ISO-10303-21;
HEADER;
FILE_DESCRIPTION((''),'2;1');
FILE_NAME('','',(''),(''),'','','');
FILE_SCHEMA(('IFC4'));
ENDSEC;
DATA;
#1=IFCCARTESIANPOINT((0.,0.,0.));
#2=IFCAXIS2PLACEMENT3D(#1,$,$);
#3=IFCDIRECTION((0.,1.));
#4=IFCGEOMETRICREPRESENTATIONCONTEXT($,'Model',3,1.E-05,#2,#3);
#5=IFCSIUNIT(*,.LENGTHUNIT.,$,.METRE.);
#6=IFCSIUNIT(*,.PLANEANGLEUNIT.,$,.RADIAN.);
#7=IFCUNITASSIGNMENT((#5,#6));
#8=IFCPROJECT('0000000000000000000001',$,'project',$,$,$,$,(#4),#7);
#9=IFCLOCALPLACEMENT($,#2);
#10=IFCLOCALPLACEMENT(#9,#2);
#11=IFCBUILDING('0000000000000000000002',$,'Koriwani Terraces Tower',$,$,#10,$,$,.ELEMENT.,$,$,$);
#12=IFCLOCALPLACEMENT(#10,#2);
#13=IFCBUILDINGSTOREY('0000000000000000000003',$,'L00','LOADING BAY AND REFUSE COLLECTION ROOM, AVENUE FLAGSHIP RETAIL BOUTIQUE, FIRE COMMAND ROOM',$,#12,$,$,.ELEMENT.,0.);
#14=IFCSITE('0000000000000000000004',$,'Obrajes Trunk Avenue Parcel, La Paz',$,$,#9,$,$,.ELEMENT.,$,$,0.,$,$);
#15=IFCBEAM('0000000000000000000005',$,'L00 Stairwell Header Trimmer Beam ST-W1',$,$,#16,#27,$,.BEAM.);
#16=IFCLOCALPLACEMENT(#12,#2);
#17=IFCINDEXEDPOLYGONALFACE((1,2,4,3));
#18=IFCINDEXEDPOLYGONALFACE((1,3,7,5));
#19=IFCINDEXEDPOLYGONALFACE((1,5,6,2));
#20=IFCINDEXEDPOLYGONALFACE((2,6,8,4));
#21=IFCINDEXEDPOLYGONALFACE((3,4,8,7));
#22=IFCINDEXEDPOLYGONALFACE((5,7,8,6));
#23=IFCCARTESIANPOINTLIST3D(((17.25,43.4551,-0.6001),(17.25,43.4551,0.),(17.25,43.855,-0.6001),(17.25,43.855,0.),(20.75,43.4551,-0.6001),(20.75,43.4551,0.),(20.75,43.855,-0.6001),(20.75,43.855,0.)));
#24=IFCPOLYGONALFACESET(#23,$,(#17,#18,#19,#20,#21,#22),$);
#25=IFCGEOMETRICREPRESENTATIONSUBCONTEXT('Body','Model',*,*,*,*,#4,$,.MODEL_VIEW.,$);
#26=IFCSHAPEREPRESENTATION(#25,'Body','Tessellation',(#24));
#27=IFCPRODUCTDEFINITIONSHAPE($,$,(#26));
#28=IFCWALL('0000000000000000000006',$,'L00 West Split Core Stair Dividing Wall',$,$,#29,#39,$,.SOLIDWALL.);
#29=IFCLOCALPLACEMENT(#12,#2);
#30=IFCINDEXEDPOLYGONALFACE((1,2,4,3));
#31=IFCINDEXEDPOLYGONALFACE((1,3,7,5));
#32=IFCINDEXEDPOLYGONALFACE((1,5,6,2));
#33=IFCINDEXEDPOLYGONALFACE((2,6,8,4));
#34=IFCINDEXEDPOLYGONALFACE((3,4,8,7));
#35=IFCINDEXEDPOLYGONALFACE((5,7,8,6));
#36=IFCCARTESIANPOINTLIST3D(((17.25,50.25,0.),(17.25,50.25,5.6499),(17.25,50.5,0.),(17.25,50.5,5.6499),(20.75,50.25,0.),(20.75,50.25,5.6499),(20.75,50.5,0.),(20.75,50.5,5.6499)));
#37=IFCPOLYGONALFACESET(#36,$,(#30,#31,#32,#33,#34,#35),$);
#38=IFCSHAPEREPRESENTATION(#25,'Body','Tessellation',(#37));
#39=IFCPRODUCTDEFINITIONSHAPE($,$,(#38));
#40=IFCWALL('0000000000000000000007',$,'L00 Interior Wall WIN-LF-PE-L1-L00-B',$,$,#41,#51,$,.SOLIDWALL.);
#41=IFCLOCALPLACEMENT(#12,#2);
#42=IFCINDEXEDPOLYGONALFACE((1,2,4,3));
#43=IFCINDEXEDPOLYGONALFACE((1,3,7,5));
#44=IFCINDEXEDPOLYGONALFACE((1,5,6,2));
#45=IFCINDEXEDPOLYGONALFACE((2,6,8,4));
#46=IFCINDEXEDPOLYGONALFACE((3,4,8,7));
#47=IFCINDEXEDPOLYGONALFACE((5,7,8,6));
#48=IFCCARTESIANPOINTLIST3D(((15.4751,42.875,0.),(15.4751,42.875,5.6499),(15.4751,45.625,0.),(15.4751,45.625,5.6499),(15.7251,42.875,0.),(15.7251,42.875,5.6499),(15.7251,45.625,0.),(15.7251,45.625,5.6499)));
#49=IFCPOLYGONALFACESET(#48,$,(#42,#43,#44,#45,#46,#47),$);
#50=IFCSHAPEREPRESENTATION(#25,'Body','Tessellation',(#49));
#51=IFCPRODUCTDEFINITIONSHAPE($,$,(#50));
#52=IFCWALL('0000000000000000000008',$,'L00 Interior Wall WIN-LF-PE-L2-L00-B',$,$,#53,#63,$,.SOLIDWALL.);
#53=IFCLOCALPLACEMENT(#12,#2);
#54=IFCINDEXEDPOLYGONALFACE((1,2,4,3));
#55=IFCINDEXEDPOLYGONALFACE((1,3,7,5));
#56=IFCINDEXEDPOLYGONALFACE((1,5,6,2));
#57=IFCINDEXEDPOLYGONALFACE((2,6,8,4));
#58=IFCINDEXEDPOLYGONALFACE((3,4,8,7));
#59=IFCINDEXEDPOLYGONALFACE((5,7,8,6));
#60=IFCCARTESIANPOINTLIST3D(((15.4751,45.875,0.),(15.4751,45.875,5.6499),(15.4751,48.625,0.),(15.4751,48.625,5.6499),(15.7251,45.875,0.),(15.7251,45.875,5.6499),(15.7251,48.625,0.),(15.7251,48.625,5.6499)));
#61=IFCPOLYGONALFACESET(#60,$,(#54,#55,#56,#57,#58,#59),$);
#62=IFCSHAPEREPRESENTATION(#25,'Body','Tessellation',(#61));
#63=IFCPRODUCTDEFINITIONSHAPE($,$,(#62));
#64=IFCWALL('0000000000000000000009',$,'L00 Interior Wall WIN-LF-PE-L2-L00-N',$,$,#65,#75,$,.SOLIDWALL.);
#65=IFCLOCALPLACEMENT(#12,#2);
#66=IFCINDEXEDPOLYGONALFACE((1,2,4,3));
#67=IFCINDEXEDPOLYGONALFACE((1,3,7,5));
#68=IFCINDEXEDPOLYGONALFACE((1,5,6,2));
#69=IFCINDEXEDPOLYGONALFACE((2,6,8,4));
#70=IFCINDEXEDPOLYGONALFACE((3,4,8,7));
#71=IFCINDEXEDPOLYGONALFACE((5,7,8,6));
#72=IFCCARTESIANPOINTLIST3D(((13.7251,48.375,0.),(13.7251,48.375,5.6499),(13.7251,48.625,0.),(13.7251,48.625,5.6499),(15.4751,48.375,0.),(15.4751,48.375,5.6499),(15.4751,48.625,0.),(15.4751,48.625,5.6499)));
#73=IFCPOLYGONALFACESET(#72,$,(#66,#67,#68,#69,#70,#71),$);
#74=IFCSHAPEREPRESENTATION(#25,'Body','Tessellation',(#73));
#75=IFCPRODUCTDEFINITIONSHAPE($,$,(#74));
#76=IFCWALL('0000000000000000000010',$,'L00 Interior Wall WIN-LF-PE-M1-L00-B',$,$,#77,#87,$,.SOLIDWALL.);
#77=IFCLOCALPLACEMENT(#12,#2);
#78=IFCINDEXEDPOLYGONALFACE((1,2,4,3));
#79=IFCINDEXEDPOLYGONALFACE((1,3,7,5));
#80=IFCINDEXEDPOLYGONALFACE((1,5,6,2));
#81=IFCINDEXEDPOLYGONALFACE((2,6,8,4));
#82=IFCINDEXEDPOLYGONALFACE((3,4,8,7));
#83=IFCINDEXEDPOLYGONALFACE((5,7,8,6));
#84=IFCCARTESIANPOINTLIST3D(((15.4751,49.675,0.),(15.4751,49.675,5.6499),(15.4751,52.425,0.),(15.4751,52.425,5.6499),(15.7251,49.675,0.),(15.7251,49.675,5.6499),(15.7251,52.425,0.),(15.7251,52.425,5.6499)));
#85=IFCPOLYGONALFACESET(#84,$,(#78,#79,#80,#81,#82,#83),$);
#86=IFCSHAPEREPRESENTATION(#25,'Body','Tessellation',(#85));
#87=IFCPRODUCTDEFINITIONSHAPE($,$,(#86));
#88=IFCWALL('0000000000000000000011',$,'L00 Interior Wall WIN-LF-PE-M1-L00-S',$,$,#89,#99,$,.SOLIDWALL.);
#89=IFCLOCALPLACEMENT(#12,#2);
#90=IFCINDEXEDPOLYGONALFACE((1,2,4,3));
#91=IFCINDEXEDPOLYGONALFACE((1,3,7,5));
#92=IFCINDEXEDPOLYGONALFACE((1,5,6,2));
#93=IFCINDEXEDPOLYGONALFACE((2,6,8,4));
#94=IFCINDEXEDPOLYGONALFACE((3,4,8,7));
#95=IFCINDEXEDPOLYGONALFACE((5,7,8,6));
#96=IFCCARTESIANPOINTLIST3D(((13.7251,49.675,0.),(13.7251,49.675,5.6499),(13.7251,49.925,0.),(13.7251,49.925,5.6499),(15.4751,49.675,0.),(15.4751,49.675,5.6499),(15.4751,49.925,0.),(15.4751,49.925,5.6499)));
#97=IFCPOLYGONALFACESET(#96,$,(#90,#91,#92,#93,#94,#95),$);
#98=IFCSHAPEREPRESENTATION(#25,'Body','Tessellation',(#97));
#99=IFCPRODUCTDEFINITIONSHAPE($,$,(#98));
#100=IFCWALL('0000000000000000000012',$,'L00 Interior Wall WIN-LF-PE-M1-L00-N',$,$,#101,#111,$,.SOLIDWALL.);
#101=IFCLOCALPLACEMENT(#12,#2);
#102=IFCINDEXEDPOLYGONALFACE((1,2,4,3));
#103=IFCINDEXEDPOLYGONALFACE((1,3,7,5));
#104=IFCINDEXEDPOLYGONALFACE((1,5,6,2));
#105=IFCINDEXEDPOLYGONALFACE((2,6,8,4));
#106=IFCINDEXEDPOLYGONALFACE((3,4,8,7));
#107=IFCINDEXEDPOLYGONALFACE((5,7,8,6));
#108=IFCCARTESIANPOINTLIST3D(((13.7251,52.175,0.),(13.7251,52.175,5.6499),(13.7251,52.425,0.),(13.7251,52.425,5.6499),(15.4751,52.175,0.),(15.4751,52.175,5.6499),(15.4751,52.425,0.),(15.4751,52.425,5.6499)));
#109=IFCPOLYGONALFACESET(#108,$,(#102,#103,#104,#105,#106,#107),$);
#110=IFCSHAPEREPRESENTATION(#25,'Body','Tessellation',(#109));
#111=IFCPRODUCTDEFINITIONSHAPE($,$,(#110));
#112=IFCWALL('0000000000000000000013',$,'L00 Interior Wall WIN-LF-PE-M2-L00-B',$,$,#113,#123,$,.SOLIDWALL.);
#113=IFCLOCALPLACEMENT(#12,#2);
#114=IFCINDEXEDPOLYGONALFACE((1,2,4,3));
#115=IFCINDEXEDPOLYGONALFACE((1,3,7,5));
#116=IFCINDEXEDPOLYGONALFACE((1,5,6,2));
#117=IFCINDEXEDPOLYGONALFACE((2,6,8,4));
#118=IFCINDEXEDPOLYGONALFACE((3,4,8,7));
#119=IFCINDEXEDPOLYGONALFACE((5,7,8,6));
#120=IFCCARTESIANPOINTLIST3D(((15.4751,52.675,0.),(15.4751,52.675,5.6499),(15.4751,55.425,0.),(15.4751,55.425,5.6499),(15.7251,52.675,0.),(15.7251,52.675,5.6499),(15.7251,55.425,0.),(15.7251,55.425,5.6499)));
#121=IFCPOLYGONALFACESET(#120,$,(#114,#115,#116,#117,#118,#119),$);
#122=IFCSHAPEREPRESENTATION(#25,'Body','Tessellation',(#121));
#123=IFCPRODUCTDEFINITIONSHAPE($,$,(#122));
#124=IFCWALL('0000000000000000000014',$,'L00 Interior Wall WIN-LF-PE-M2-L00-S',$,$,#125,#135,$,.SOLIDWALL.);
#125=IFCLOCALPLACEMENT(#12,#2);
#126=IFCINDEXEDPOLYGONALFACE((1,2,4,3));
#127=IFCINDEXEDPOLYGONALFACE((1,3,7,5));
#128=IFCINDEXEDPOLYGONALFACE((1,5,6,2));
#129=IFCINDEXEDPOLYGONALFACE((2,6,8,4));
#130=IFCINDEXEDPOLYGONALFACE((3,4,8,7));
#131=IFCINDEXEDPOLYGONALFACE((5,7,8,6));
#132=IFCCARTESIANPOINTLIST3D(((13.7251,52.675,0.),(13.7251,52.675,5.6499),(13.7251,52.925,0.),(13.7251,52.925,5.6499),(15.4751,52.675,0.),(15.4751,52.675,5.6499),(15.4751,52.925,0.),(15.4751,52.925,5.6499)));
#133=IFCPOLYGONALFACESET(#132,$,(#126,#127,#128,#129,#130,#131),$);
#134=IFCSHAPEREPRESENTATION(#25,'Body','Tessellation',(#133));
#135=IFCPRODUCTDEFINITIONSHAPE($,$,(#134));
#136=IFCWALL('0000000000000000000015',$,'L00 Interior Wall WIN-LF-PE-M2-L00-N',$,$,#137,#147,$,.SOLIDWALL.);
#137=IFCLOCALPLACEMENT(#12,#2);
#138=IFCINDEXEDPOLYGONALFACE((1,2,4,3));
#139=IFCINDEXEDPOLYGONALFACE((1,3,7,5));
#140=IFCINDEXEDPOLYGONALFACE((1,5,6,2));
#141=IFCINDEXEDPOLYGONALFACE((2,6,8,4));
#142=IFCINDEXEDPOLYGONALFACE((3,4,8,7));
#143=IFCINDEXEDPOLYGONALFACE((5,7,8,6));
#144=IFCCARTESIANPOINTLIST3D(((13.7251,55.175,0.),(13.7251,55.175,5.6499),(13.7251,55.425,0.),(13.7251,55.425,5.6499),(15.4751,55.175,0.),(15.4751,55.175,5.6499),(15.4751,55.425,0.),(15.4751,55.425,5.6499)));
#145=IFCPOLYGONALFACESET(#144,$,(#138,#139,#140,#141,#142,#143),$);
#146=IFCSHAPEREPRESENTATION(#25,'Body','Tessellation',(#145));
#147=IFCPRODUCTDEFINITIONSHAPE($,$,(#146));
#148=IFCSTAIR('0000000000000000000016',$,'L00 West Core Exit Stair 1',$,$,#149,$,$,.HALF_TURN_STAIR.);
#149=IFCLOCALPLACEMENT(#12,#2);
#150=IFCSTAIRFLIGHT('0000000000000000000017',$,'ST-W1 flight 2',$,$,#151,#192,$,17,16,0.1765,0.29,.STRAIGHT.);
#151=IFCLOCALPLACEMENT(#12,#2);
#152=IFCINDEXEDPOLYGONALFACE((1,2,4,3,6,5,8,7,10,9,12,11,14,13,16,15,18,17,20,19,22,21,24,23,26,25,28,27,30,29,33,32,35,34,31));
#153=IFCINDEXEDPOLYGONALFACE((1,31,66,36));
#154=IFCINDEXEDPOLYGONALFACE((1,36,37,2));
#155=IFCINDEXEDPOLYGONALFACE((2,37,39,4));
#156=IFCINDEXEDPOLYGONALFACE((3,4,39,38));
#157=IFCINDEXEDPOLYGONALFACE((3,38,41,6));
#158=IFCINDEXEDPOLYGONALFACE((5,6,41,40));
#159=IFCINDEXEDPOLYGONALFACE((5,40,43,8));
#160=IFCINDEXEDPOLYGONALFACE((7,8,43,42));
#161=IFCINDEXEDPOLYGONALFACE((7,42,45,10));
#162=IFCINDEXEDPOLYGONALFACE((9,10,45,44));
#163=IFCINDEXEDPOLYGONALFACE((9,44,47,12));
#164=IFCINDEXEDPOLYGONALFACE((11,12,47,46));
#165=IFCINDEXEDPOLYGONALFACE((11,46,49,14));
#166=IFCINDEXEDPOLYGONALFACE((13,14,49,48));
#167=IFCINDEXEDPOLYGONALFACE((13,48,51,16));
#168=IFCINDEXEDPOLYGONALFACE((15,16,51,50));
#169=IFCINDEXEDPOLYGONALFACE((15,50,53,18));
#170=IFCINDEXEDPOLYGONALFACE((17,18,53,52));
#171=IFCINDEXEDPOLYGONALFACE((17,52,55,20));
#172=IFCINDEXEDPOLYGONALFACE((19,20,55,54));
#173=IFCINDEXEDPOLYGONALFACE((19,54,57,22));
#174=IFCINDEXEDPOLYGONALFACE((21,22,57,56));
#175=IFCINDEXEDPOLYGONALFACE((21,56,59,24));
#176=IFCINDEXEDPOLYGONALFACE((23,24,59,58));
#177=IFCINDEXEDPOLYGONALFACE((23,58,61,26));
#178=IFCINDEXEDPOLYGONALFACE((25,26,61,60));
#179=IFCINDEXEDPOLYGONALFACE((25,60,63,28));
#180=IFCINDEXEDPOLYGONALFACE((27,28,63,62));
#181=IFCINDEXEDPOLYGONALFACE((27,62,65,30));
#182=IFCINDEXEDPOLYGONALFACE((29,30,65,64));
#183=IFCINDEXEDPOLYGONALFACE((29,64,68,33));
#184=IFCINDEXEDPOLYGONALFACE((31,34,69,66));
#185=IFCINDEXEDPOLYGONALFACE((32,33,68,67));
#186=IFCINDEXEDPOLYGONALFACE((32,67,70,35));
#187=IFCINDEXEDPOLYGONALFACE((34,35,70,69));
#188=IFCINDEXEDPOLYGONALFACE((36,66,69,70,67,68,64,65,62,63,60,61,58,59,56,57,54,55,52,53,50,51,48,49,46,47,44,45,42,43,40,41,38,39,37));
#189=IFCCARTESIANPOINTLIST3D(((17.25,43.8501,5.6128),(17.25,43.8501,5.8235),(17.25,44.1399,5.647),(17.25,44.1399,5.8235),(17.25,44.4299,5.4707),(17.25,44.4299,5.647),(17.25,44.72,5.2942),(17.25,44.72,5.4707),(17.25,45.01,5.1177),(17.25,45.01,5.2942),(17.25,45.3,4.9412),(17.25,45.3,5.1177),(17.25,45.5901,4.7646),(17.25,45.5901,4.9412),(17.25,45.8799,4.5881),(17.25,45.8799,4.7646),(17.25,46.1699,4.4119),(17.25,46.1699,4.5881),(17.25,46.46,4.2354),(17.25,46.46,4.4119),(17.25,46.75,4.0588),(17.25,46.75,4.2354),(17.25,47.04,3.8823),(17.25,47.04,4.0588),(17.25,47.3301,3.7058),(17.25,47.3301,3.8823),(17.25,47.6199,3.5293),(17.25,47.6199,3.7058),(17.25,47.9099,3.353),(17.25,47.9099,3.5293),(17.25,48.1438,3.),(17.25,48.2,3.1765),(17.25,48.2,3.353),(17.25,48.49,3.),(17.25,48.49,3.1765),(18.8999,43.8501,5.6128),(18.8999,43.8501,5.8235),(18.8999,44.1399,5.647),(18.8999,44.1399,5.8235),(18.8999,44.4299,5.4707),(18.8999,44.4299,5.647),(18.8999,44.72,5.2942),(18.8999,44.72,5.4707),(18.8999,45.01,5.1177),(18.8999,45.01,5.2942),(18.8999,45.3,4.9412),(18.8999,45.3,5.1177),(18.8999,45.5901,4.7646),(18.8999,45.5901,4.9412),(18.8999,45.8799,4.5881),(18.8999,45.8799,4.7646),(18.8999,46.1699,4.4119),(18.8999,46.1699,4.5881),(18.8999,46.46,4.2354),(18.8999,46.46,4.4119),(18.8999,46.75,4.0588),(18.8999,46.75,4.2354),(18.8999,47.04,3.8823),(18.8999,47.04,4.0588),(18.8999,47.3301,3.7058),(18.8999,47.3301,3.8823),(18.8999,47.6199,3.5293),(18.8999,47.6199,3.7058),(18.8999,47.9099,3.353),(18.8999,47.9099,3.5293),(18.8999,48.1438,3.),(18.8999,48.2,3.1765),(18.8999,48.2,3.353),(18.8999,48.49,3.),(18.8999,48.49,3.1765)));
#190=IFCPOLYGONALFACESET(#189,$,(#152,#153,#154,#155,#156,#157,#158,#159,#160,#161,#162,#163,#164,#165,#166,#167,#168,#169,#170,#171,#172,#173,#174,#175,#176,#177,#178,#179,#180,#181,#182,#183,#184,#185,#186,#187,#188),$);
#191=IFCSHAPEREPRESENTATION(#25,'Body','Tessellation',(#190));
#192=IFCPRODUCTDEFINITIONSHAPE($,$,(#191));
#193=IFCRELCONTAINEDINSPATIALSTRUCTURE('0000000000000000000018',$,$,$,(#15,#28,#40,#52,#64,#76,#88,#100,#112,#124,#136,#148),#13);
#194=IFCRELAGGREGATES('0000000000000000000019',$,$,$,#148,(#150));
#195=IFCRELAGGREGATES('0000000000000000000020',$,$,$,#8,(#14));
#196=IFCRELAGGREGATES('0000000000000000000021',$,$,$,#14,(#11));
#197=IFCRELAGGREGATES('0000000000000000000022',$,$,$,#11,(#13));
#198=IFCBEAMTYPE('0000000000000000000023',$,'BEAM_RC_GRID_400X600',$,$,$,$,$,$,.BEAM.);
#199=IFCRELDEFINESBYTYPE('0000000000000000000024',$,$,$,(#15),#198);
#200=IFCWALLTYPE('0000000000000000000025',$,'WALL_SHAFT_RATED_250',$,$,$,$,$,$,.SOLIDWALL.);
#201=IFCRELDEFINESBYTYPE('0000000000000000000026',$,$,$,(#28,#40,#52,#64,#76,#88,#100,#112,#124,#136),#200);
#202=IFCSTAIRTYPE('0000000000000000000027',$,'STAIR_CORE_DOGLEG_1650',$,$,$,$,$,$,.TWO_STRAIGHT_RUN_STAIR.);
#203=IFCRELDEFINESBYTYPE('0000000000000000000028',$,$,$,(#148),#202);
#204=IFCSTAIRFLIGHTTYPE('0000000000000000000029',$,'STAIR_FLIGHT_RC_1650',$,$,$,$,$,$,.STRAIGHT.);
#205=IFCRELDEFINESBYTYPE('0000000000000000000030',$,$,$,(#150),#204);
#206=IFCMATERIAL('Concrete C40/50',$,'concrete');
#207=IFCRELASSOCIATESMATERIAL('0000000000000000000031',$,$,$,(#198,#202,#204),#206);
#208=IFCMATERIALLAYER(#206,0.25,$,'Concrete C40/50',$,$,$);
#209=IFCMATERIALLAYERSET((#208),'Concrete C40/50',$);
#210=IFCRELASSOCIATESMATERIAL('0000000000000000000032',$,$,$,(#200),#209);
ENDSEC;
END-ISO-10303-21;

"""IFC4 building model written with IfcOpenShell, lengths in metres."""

from ifc_helpers import new_model, si_unit, direction, frame, frame_2d, origin, origin_2d, place, context, subcontext, project, spatial, polyline, rectangle, outline, extrude, material, layer, layer_set, material_profile, profile_set, type_object, element, aggregate, save


model = new_model("IFC4")

# Units and contexts
model_context = context("Model", 3, precision=1e-05, world=origin(), true_north=direction((0.0, 1.0)))
body_context = subcontext(model_context, "Body", "Model", "MODEL_VIEW")
ifc_project = project(units=[si_unit("LENGTHUNIT", "METRE"), si_unit("PLANEANGLEUNIT", "RADIAN")], contexts=[model_context])

# Site, building, storey
site_placement = place(None, origin())
site = spatial("IfcSite", under=ifc_project, at=site_placement, Name="Obrajes Trunk Avenue Parcel, La Paz", CompositionType="ELEMENT", RefElevation=0.0)
building_placement = place(site_placement, origin())
building = spatial("IfcBuilding", under=site, at=building_placement, Name="Koriwani Terraces Tower", CompositionType="ELEMENT")
storey_placement = place(building_placement, origin())
storey = spatial("IfcBuildingStorey", under=building, at=storey_placement, Name="L00", Description="LOADING BAY AND REFUSE COLLECTION ROOM, AVENUE FLAGSHIP RETAIL BOUTIQUE, FIRE COMMAND ROOM", CompositionType="ELEMENT", Elevation=0.0)

# Beam
ifc_material_1 = material(Name="Concrete C40/50", Category="concrete")
ifc_material_profile = material_profile(ifc_material_1, rectangle(XDim=0.3999, YDim=0.6001, at=origin_2d()), Name="Concrete C40/50", Category="LoadBearing")
ifc_profile_set = profile_set([ifc_material_profile], Name="Concrete C40/50")
beam_type = type_object("IfcBeamType", Name="BEAM_RC_GRID_400X600", PredefinedType="BEAM", material=ifc_profile_set)
beam_placement = place(storey_placement, frame((17.25, 43.655, -0.3), z_axis=(1.0, 0.0, 0.0), x_axis=(0.0, 1.0, 0.0)))
element("IfcBeam", 1, at=beam_placement, inside=storey, type_object=beam_type, Name="L00 Stairwell Header Trimmer Beam ST-W1", PredefinedType="BEAM", context=body_context, shape_type="SweptSolid", body=[
    extrude(rectangle(XDim=0.3999, YDim=0.6001, at=origin_2d()), origin(), (0.0, 0.0, 1.0), 3.5),
])

# Walls
ifc_layer = layer(ifc_material_1, 0.25, Name="Concrete C40/50")
ifc_layer_set = layer_set([ifc_layer], Name="Concrete C40/50")
wall_type = type_object("IfcWallType", Name="WALL_SHAFT_RATED_250", PredefinedType="SOLIDWALL", material=ifc_layer_set)
wall_1_placement = place(storey_placement, frame((17.25, 50.375, 0.0), z_axis=(0.0, 0.0, 1.0), x_axis=(1.0, 0.0, 0.0)))
element("IfcWall", 2, at=wall_1_placement, inside=storey, type_object=wall_type, Name="L00 West Split Core Stair Dividing Wall", PredefinedType="SOLIDWALL", context=body_context, shape_type="SweptSolid", body=[
    extrude(rectangle(XDim=3.5, YDim=0.25, at=frame_2d((1.75, 0.0))), origin(), (0.0, 0.0, 1.0), 5.6499),
])
for number, where, z_axis, x_axis, name in (
    (3, (15.6001, 42.875, 0.0), (0.0, 0.0, 1.0), (0.0, 1.0, 0.0), "L00 Interior Wall WIN-LF-PE-L1-L00-B"),
    (4, (15.6001, 45.875, 0.0), (0.0, 0.0, 1.0), (0.0, 1.0, 0.0), "L00 Interior Wall WIN-LF-PE-L2-L00-B"),
):
    element("IfcWall", number, at=place(storey_placement, frame(where, z_axis=z_axis, x_axis=x_axis)), inside=storey, type_object=wall_type, Name=name, PredefinedType="SOLIDWALL", context=body_context, shape_type="SweptSolid", body=[
        extrude(rectangle(XDim=2.75, YDim=0.25, at=frame_2d((1.375, 0.0))), origin(), (0.0, 0.0, 1.0), 5.6499),
    ])
wall_2_placement = place(storey_placement, frame((13.7251, 48.5, 0.0), z_axis=(0.0, 0.0, 1.0), x_axis=(1.0, 0.0, 0.0)))
element("IfcWall", 5, at=wall_2_placement, inside=storey, type_object=wall_type, Name="L00 Interior Wall WIN-LF-PE-L2-L00-N", PredefinedType="SOLIDWALL", context=body_context, shape_type="SweptSolid", body=[
    extrude(rectangle(XDim=1.75, YDim=0.25, at=frame_2d((0.875, 0.0))), origin(), (0.0, 0.0, 1.0), 5.6499),
])
wall_3_placement = place(storey_placement, frame((15.6001, 49.675, 0.0), z_axis=(0.0, 0.0, 1.0), x_axis=(0.0, 1.0, 0.0)))
element("IfcWall", 6, at=wall_3_placement, inside=storey, type_object=wall_type, Name="L00 Interior Wall WIN-LF-PE-M1-L00-B", PredefinedType="SOLIDWALL", context=body_context, shape_type="SweptSolid", body=[
    extrude(rectangle(XDim=2.75, YDim=0.25, at=frame_2d((1.375, 0.0))), origin(), (0.0, 0.0, 1.0), 5.6499),
])
for number, where, z_axis, x_axis, name in (
    (7, (13.7251, 49.8, 0.0), (0.0, 0.0, 1.0), (1.0, 0.0, 0.0), "L00 Interior Wall WIN-LF-PE-M1-L00-S"),
    (8, (13.7251, 52.3, 0.0), (0.0, 0.0, 1.0), (1.0, 0.0, 0.0), "L00 Interior Wall WIN-LF-PE-M1-L00-N"),
):
    element("IfcWall", number, at=place(storey_placement, frame(where, z_axis=z_axis, x_axis=x_axis)), inside=storey, type_object=wall_type, Name=name, PredefinedType="SOLIDWALL", context=body_context, shape_type="SweptSolid", body=[
        extrude(rectangle(XDim=1.75, YDim=0.25, at=frame_2d((0.875, 0.0))), origin(), (0.0, 0.0, 1.0), 5.6499),
    ])
wall_4_placement = place(storey_placement, frame((15.6001, 52.675, 0.0), z_axis=(0.0, 0.0, 1.0), x_axis=(0.0, 1.0, 0.0)))
element("IfcWall", 9, at=wall_4_placement, inside=storey, type_object=wall_type, Name="L00 Interior Wall WIN-LF-PE-M2-L00-B", PredefinedType="SOLIDWALL", context=body_context, shape_type="SweptSolid", body=[
    extrude(rectangle(XDim=2.75, YDim=0.25, at=frame_2d((1.375, 0.0))), origin(), (0.0, 0.0, 1.0), 5.6499),
])
for number, where, z_axis, x_axis, name in (
    (10, (13.7251, 52.8, 0.0), (0.0, 0.0, 1.0), (1.0, 0.0, 0.0), "L00 Interior Wall WIN-LF-PE-M2-L00-S"),
    (11, (13.7251, 55.3, 0.0), (0.0, 0.0, 1.0), (1.0, 0.0, 0.0), "L00 Interior Wall WIN-LF-PE-M2-L00-N"),
):
    element("IfcWall", number, at=place(storey_placement, frame(where, z_axis=z_axis, x_axis=x_axis)), inside=storey, type_object=wall_type, Name=name, PredefinedType="SOLIDWALL", context=body_context, shape_type="SweptSolid", body=[
        extrude(rectangle(XDim=1.75, YDim=0.25, at=frame_2d((0.875, 0.0))), origin(), (0.0, 0.0, 1.0), 5.6499),
    ])

# Stair, stair flight
stair_type = type_object("IfcStairType", Name="STAIR_CORE_DOGLEG_1650", PredefinedType="TWO_STRAIGHT_RUN_STAIR", material=ifc_material_1)
stair_1_placement = place(storey_placement, origin())
stair_1 = element("IfcStair", 12, at=stair_1_placement, inside=storey, type_object=stair_type, Name="L00 West Core Exit Stair 1", PredefinedType="HALF_TURN_STAIR")
stair_flight_type = type_object("IfcStairFlightType", Name="STAIR_FLIGHT_RC_1650", PredefinedType="STRAIGHT", material=ifc_material_1)
stair_flight_1_placement = place(storey_placement, frame((18.075, 48.49, 3.0), z_axis=(0.0, 0.0, 1.0), x_axis=(0.0, -1.0, 0.0)))
stair_flight_1 = element("IfcStairFlight", 13, at=stair_flight_1_placement, type_object=stair_flight_type, Name="ST-W1 flight 2", NumberOfRisers=17, NumberOfTreads=16, PredefinedType="STRAIGHT", RiserHeight=0.1765, TreadLength=0.29, context=body_context, shape_type="SweptSolid", body=[
    extrude(outline(polyline([(0.0, 0.0), (0.0, 0.1765), (0.29, 0.1765), (0.29, 0.353), (0.5801, 0.353), (0.5801, 0.5293), (0.8701, 0.5293), (0.8701, 0.7058), (1.1599, 0.7058), (1.1599, 0.8823), (1.45, 0.8823), (1.45, 1.0588), (1.74, 1.0588), (1.74, 1.2354), (2.03, 1.2354), (2.03, 1.4119), (2.3201, 1.4119), (2.3201, 1.5881), (2.6101, 1.5881), (2.6101, 1.7646), (2.8999, 1.7646), (2.8999, 1.9412), (3.1899, 1.9412), (3.1899, 2.1177), (3.48, 2.1177), (3.48, 2.2942), (3.77, 2.2942), (3.77, 2.4707), (4.0601, 2.4707), (4.0601, 2.647), (4.3501, 2.647), (4.3501, 2.8235), (4.6399, 2.8235), (4.6399, 3.0), (4.6399, 2.6128), (0.3462, 0.0), (0.0, 0.0)])), frame((0.0, 0.825, 0.0), z_axis=(0.0, -1.0, 0.0), x_axis=(1.0, 0.0, 0.0)), (0.0, 0.0, 1.0), 1.6499),
])
aggregate(stair_1, [stair_flight_1])

save(model, "model.ifc")
